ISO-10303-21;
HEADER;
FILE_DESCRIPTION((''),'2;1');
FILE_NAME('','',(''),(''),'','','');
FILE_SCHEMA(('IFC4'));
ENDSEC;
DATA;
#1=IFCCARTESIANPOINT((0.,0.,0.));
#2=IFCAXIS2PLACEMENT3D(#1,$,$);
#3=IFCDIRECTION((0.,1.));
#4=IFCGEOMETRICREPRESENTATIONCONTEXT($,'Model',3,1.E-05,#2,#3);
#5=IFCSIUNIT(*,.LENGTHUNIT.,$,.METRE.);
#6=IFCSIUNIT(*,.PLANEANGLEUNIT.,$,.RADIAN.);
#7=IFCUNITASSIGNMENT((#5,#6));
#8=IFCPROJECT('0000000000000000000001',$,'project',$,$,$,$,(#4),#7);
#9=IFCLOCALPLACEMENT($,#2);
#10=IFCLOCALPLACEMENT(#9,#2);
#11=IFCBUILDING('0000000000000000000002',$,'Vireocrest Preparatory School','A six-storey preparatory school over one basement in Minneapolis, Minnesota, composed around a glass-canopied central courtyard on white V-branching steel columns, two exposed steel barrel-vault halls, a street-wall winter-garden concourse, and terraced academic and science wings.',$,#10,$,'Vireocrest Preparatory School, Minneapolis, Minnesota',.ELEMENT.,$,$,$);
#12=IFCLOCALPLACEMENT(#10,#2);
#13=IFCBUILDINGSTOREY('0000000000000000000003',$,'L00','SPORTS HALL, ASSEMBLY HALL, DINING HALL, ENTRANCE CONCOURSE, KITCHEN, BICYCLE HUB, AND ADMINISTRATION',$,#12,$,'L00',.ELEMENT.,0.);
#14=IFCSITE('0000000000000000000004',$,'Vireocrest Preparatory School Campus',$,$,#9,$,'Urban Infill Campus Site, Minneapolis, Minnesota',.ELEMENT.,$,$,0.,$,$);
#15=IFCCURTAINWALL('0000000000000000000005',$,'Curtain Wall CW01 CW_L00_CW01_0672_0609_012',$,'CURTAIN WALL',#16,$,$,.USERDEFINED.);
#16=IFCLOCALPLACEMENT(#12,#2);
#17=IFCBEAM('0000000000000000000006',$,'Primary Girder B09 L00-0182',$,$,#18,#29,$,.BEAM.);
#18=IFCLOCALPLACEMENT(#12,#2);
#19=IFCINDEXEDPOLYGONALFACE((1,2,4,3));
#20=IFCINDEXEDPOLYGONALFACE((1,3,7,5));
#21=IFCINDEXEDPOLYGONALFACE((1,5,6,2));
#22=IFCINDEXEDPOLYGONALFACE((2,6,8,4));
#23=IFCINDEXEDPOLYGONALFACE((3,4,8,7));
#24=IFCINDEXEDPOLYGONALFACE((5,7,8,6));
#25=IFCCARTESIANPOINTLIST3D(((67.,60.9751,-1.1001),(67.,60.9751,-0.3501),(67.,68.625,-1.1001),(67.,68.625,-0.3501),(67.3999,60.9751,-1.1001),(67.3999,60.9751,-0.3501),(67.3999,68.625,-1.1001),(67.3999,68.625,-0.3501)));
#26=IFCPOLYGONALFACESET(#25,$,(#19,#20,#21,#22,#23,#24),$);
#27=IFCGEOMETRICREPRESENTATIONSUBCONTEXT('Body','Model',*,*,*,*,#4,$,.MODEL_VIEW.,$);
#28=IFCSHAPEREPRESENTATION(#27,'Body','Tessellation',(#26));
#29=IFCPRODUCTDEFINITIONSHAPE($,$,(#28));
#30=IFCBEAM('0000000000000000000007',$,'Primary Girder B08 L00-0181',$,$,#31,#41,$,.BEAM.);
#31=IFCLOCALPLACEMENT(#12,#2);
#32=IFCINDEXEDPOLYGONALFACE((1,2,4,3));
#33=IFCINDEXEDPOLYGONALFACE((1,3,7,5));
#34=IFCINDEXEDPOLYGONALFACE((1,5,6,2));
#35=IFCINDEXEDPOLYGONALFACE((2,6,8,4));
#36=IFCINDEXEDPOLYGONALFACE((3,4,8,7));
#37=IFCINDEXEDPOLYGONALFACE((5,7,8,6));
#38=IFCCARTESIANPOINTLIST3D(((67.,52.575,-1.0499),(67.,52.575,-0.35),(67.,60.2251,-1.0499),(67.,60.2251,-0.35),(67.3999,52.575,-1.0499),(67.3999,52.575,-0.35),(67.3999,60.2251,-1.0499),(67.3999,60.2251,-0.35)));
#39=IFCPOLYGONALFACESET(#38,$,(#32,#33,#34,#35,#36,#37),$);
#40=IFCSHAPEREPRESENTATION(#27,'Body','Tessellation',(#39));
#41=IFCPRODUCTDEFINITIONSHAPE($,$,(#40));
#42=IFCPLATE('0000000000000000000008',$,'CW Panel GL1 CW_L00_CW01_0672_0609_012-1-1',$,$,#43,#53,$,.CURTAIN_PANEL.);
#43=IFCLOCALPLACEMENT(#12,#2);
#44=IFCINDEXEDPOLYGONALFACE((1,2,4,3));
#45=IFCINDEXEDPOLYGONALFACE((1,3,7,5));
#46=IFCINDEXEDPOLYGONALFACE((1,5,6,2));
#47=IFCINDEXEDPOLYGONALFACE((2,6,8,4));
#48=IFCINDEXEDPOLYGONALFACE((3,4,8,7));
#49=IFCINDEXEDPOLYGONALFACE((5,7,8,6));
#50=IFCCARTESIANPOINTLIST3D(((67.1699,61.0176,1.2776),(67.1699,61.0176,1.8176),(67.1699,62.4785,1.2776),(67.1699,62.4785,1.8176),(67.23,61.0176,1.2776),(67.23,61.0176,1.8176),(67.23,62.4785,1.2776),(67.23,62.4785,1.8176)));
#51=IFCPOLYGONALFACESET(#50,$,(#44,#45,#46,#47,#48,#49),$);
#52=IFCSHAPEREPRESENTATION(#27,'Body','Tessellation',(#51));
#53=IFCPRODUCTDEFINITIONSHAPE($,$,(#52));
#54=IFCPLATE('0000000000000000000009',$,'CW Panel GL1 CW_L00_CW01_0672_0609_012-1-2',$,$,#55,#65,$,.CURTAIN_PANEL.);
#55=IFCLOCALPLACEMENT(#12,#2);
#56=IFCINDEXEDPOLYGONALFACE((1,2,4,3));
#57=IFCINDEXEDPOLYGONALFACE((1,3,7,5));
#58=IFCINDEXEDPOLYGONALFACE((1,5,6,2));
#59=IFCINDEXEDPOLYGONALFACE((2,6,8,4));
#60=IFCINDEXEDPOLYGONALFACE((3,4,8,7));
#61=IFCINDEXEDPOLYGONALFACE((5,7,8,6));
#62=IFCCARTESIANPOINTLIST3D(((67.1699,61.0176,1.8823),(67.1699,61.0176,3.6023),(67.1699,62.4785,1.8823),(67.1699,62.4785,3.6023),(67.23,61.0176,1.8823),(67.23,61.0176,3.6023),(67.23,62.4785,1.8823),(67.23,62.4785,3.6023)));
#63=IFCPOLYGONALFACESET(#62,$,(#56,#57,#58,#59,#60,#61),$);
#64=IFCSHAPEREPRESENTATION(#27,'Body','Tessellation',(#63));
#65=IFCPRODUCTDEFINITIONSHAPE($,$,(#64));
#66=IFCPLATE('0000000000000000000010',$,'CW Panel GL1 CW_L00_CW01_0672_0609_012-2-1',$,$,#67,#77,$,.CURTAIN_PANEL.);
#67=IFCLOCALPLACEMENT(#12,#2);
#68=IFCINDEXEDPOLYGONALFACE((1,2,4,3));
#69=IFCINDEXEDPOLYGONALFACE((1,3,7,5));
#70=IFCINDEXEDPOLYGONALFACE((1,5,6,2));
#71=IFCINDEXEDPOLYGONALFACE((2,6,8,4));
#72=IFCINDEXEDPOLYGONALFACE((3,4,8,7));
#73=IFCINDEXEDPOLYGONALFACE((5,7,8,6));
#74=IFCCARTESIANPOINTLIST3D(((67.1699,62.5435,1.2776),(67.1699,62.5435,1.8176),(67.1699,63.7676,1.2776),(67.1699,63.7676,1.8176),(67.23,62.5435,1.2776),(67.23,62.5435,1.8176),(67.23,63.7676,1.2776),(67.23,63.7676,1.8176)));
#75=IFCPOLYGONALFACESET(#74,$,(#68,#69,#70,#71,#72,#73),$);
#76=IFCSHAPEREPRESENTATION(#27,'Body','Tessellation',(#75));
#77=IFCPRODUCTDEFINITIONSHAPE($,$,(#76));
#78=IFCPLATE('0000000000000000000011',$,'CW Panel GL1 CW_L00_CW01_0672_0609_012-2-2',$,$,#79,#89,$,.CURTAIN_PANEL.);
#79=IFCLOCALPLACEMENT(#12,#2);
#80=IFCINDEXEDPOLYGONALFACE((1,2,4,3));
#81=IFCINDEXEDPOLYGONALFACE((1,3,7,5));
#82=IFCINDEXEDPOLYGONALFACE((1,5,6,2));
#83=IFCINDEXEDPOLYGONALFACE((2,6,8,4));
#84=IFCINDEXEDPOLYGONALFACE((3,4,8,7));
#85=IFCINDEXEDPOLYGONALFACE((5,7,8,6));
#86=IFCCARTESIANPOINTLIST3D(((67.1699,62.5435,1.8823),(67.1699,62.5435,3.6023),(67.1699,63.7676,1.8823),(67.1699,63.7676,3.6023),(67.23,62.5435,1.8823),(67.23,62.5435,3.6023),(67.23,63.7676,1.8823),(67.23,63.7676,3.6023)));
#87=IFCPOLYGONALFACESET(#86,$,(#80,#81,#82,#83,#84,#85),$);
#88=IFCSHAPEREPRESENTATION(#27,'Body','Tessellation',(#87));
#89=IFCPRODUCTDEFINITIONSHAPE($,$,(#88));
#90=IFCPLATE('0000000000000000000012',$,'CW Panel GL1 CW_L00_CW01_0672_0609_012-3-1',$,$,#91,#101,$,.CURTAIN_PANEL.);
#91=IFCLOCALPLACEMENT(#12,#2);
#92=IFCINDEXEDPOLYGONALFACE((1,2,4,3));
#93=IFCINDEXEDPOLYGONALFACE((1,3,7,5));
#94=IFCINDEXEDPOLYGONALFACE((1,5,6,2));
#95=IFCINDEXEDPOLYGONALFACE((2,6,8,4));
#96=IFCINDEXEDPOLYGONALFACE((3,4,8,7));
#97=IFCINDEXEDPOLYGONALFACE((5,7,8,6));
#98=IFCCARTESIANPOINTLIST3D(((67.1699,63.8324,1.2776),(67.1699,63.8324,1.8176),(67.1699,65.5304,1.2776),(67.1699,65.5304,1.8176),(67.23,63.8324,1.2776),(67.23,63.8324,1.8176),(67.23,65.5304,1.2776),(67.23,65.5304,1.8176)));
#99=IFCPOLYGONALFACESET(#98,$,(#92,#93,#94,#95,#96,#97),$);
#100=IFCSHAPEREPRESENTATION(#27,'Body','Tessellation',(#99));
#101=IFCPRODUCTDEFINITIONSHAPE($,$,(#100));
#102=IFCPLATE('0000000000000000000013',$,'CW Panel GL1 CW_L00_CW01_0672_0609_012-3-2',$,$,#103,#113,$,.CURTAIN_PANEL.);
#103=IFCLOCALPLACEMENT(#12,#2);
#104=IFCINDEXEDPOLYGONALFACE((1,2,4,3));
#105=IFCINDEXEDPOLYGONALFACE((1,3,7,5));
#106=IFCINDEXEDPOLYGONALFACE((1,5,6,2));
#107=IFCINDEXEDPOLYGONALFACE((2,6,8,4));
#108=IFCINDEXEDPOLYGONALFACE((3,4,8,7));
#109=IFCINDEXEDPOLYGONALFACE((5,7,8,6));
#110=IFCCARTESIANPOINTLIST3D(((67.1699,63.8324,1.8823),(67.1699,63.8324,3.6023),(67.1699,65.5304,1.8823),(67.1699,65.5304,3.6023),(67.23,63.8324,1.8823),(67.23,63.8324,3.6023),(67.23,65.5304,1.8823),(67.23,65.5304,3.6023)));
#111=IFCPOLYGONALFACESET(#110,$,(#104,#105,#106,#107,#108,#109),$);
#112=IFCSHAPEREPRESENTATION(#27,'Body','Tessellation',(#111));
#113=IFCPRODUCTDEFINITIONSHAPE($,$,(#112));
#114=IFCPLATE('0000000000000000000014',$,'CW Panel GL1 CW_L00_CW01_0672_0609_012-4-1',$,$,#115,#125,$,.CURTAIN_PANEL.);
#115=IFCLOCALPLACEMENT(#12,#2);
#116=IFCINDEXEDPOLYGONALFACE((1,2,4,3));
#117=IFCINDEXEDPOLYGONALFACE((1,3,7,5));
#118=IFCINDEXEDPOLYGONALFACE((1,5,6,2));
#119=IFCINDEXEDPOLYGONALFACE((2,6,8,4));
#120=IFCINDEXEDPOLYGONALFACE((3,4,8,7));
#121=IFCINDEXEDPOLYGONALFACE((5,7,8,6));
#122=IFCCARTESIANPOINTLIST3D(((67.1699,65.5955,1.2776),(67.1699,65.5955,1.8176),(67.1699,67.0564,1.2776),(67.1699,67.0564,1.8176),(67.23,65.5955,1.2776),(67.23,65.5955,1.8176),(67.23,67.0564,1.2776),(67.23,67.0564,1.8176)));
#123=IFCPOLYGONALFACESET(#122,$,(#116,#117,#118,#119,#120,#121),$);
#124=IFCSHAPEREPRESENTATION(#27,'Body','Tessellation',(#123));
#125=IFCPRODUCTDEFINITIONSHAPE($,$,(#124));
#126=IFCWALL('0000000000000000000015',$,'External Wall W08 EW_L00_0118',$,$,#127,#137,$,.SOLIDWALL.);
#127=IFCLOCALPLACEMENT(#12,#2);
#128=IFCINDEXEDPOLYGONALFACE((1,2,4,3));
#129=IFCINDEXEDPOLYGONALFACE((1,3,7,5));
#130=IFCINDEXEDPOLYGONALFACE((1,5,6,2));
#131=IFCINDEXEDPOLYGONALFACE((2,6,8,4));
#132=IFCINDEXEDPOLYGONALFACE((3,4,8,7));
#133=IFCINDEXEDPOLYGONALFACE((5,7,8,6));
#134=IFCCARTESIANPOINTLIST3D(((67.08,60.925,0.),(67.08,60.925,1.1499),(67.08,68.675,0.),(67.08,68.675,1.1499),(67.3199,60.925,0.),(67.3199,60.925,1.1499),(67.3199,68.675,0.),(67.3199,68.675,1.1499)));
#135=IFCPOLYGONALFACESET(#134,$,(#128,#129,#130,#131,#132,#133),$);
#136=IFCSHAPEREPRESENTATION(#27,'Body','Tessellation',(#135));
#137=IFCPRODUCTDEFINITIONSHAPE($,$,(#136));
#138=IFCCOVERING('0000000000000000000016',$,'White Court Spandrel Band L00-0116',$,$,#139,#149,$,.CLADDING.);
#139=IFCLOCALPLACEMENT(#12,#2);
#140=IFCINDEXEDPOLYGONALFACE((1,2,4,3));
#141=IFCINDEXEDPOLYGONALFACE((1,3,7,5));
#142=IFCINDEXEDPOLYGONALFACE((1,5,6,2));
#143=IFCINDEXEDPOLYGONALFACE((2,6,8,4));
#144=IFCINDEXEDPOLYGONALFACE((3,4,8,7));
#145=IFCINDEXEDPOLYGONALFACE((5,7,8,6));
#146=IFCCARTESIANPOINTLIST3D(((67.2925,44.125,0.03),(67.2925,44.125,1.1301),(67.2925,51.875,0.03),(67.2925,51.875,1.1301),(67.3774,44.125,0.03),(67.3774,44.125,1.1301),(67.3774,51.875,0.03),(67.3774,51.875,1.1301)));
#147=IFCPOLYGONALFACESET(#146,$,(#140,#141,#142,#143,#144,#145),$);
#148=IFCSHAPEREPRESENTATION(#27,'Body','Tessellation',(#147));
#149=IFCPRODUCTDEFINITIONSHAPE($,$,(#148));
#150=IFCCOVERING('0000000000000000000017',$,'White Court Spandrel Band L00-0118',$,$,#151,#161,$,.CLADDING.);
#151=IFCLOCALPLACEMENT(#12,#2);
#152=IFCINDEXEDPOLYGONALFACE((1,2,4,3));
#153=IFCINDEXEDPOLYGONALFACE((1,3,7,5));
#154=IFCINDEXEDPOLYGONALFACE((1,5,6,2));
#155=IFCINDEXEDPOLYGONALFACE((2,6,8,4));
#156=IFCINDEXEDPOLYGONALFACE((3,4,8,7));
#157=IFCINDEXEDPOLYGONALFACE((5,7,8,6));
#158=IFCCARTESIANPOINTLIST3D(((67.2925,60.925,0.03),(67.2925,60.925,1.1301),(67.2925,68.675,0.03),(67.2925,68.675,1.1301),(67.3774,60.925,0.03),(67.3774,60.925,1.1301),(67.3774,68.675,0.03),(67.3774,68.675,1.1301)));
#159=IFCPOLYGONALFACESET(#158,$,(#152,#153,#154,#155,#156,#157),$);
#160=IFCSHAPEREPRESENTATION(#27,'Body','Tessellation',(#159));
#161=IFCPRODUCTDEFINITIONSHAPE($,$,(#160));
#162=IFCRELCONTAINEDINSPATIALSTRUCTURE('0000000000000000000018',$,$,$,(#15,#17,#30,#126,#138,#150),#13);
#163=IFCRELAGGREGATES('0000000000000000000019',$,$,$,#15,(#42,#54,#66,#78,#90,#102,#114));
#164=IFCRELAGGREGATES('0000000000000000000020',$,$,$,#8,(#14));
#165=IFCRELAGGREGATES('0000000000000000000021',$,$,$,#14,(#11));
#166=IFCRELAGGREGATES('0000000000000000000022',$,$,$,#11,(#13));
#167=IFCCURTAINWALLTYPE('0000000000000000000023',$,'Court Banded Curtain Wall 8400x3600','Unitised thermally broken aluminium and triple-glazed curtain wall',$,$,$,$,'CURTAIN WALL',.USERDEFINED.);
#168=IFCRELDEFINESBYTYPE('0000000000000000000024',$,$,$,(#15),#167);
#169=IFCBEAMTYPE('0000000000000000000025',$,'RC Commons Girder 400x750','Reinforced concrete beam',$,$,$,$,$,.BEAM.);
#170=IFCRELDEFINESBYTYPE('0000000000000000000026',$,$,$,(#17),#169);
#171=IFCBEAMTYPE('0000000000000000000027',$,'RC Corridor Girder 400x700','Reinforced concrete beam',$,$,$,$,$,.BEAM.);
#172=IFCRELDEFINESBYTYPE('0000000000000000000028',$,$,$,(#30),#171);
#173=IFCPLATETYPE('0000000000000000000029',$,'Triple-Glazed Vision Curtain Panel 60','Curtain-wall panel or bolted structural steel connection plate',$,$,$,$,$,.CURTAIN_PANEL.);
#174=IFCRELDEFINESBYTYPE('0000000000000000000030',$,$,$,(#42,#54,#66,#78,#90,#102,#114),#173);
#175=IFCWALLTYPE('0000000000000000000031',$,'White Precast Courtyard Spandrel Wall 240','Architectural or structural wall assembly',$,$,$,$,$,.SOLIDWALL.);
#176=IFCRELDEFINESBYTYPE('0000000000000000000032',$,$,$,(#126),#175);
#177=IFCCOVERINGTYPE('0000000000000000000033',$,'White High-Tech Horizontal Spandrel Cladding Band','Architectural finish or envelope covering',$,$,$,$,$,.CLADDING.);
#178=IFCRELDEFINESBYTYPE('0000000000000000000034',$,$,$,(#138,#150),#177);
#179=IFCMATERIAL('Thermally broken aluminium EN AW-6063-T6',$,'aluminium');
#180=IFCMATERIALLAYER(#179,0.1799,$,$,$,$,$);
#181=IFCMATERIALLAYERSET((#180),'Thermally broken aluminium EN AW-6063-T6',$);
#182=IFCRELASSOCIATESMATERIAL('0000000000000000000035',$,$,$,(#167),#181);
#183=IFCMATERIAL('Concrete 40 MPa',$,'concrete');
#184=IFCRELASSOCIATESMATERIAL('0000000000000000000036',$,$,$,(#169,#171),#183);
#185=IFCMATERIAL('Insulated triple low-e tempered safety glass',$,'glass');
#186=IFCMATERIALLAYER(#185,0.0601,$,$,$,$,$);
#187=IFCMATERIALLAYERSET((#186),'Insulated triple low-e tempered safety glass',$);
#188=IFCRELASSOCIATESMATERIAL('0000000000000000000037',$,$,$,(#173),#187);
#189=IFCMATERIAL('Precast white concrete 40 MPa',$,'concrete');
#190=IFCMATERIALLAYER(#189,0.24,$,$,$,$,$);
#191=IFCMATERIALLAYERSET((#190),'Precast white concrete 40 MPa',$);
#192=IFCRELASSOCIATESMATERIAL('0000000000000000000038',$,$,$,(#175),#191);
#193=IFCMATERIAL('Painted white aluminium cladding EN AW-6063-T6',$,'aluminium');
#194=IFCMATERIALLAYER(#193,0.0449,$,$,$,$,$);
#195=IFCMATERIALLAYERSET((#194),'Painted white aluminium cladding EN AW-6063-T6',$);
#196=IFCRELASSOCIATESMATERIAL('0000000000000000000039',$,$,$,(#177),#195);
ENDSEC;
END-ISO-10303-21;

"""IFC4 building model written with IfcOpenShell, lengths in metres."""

from ifc_helpers import new_model, si_unit, direction, frame, frame_2d, origin, origin_2d, place, context, subcontext, project, spatial, rectangle, extrude, material, layer, layer_set, material_profile, profile_set, type_object, element, aggregate, save


model = new_model("IFC4")

# Units and contexts
model_context = context("Model", 3, precision=1e-05, world=origin(), true_north=direction((0.0, 1.0)))
body_context = subcontext(model_context, "Body", "Model", "MODEL_VIEW")
ifc_project = project(units=[si_unit("LENGTHUNIT", "METRE"), si_unit("PLANEANGLEUNIT", "RADIAN")], contexts=[model_context])

# Site, building, storey
site_placement = place(None, origin())
site = spatial("IfcSite", under=ifc_project, at=site_placement, Name="Vireocrest Preparatory School Campus", LongName="Urban Infill Campus Site, Minneapolis, Minnesota", CompositionType="ELEMENT", RefElevation=0.0)
building_placement = place(site_placement, origin())
building = spatial("IfcBuilding", under=site, at=building_placement, Name="Vireocrest Preparatory School", Description="A six-storey preparatory school over one basement in Minneapolis, Minnesota, composed around a glass-canopied central courtyard on white V-branching steel columns, two exposed steel barrel-vault halls, a street-wall winter-garden concourse, and terraced academic and science wings.", LongName="Vireocrest Preparatory School, Minneapolis, Minnesota", CompositionType="ELEMENT")
storey_placement = place(building_placement, origin())
storey = spatial("IfcBuildingStorey", under=building, at=storey_placement, Name="L00", Description="SPORTS HALL, ASSEMBLY HALL, DINING HALL, ENTRANCE CONCOURSE, KITCHEN, BICYCLE HUB, AND ADMINISTRATION", LongName="L00", CompositionType="ELEMENT", Elevation=0.0)

# Curtain wall
ifc_material_1 = material(Name="Thermally broken aluminium EN AW-6063-T6", Category="aluminium")
ifc_layer_1 = layer(ifc_material_1, 0.1799)
ifc_layer_set_1 = layer_set([ifc_layer_1], Name="Thermally broken aluminium EN AW-6063-T6")
curtain_wall_type = type_object("IfcCurtainWallType", Name="Court Banded Curtain Wall 8400x3600", Description="Unitised thermally broken aluminium and triple-glazed curtain wall", ElementType="CURTAIN WALL", PredefinedType="USERDEFINED", material=ifc_layer_set_1)
curtain_wall_placement = place(storey_placement, origin())
curtain_wall = element("IfcCurtainWall", 1, at=curtain_wall_placement, inside=storey, type_object=curtain_wall_type, Name="Curtain Wall CW01 CW_L00_CW01_0672_0609_012", ObjectType="CURTAIN WALL", PredefinedType="USERDEFINED")

# Beams
ifc_material_2 = material(Name="Concrete 40 MPa", Category="concrete")
ifc_material_profile_1 = material_profile(ifc_material_2, rectangle(XDim=0.3999, YDim=0.75, at=origin_2d()), Name="RC 400x750")
ifc_profile_set_1 = profile_set([ifc_material_profile_1], Name="Concrete 40 MPa")
beam_type_1 = type_object("IfcBeamType", Name="RC Commons Girder 400x750", Description="Reinforced concrete beam", PredefinedType="BEAM", material=ifc_profile_set_1)
beam_1_placement = place(storey_placement, frame((67.2, 60.9751, -0.7251), z_axis=(0.0, 1.0, 0.0), x_axis=(-1.0, 0.0, 0.0)))
element("IfcBeam", 2, at=beam_1_placement, inside=storey, type_object=beam_type_1, Name="Primary Girder B09 L00-0182", PredefinedType="BEAM", context=body_context, shape_type="SweptSolid", body=[
    extrude(rectangle(XDim=0.3999, YDim=0.75, at=origin_2d()), origin(), (0.0, 0.0, 1.0), 7.6499),
])
ifc_material_profile_2 = material_profile(ifc_material_2, rectangle(XDim=0.3999, YDim=0.7, at=origin_2d()), Name="RC 400x700")
ifc_profile_set_2 = profile_set([ifc_material_profile_2], Name="Concrete 40 MPa")
beam_type_2 = type_object("IfcBeamType", Name="RC Corridor Girder 400x700", Description="Reinforced concrete beam", PredefinedType="BEAM", material=ifc_profile_set_2)
beam_2_placement = place(storey_placement, frame((67.2, 52.575, -0.7), z_axis=(0.0, 1.0, 0.0), x_axis=(-1.0, 0.0, 0.0)))
element("IfcBeam", 3, at=beam_2_placement, inside=storey, type_object=beam_type_2, Name="Primary Girder B08 L00-0181", PredefinedType="BEAM", context=body_context, shape_type="SweptSolid", body=[
    extrude(rectangle(XDim=0.3999, YDim=0.7, at=origin_2d()), origin(), (0.0, 0.0, 1.0), 7.6501),
])

# Plates
ifc_material_3 = material(Name="Insulated triple low-e tempered safety glass", Category="glass")
ifc_layer_2 = layer(ifc_material_3, 0.0601)
ifc_layer_set_2 = layer_set([ifc_layer_2], Name="Insulated triple low-e tempered safety glass")
plate_type = type_object("IfcPlateType", Name="Triple-Glazed Vision Curtain Panel 60", Description="Curtain-wall panel or bolted structural steel connection plate", PredefinedType="CURTAIN_PANEL", material=ifc_layer_set_2)
plate_1_placement = place(storey_placement, frame((67.2, 61.748, 1.2776), z_axis=(0.0, 0.0, 1.0), x_axis=(0.0, 1.0, 0.0)))
plate_1 = element("IfcPlate", 4, at=plate_1_placement, type_object=plate_type, Name="CW Panel GL1 CW_L00_CW01_0672_0609_012-1-1", PredefinedType="CURTAIN_PANEL", context=body_context, shape_type="SweptSolid", body=[
    extrude(rectangle(XDim=1.4609, YDim=0.0601, at=origin_2d()), origin(), (0.0, 0.0, 1.0), 0.54),
])
plate_2_placement = place(storey_placement, frame((67.2, 61.748, 1.8823), z_axis=(0.0, 0.0, 1.0), x_axis=(0.0, 1.0, 0.0)))
plate_2 = element("IfcPlate", 5, at=plate_2_placement, type_object=plate_type, Name="CW Panel GL1 CW_L00_CW01_0672_0609_012-1-2", PredefinedType="CURTAIN_PANEL", context=body_context, shape_type="SweptSolid", body=[
    extrude(rectangle(XDim=1.4609, YDim=0.0601, at=origin_2d()), origin(), (0.0, 0.0, 1.0), 1.72),
])
plate_3_placement = place(storey_placement, frame((67.2, 63.1555, 1.2776), z_axis=(0.0, 0.0, 1.0), x_axis=(0.0, 1.0, 0.0)))
plate_3 = element("IfcPlate", 6, at=plate_3_placement, type_object=plate_type, Name="CW Panel GL1 CW_L00_CW01_0672_0609_012-2-1", PredefinedType="CURTAIN_PANEL", context=body_context, shape_type="SweptSolid", body=[
    extrude(rectangle(XDim=1.2241, YDim=0.0601, at=origin_2d()), origin(), (0.0, 0.0, 1.0), 0.54),
])
plate_4_placement = place(storey_placement, frame((67.2, 63.1555, 1.8823), z_axis=(0.0, 0.0, 1.0), x_axis=(0.0, 1.0, 0.0)))
plate_4 = element("IfcPlate", 7, at=plate_4_placement, type_object=plate_type, Name="CW Panel GL1 CW_L00_CW01_0672_0609_012-2-2", PredefinedType="CURTAIN_PANEL", context=body_context, shape_type="SweptSolid", body=[
    extrude(rectangle(XDim=1.2241, YDim=0.0601, at=origin_2d()), origin(), (0.0, 0.0, 1.0), 1.72),
])
plate_5_placement = place(storey_placement, frame((67.2, 64.6814, 1.2776), z_axis=(0.0, 0.0, 1.0), x_axis=(0.0, 1.0, 0.0)))
plate_5 = element("IfcPlate", 8, at=plate_5_placement, type_object=plate_type, Name="CW Panel GL1 CW_L00_CW01_0672_0609_012-3-1", PredefinedType="CURTAIN_PANEL", context=body_context, shape_type="SweptSolid", body=[
    extrude(rectangle(XDim=1.698, YDim=0.0601, at=origin_2d()), origin(), (0.0, 0.0, 1.0), 0.54),
])
plate_6_placement = place(storey_placement, frame((67.2, 64.6814, 1.8823), z_axis=(0.0, 0.0, 1.0), x_axis=(0.0, 1.0, 0.0)))
plate_6 = element("IfcPlate", 9, at=plate_6_placement, type_object=plate_type, Name="CW Panel GL1 CW_L00_CW01_0672_0609_012-3-2", PredefinedType="CURTAIN_PANEL", context=body_context, shape_type="SweptSolid", body=[
    extrude(rectangle(XDim=1.698, YDim=0.0601, at=origin_2d()), origin(), (0.0, 0.0, 1.0), 1.72),
])
plate_7_placement = place(storey_placement, frame((67.2, 66.3259, 1.2776), z_axis=(0.0, 0.0, 1.0), x_axis=(0.0, 1.0, 0.0)))
plate_7 = element("IfcPlate", 10, at=plate_7_placement, type_object=plate_type, Name="CW Panel GL1 CW_L00_CW01_0672_0609_012-4-1", PredefinedType="CURTAIN_PANEL", context=body_context, shape_type="SweptSolid", body=[
    extrude(rectangle(XDim=1.4609, YDim=0.0601, at=origin_2d()), origin(), (0.0, 0.0, 1.0), 0.54),
])
aggregate(curtain_wall, [plate_1, plate_2, plate_3, plate_4, plate_5, plate_6, plate_7])

# Wall
ifc_material_4 = material(Name="Precast white concrete 40 MPa", Category="concrete")
ifc_layer_3 = layer(ifc_material_4, 0.24)
ifc_layer_set_3 = layer_set([ifc_layer_3], Name="Precast white concrete 40 MPa")
wall_type = type_object("IfcWallType", Name="White Precast Courtyard Spandrel Wall 240", Description="Architectural or structural wall assembly", PredefinedType="SOLIDWALL", material=ifc_layer_set_3)
wall_placement = place(storey_placement, frame((67.2, 60.925, 0.0), z_axis=(0.0, 0.0, 1.0), x_axis=(0.0, 1.0, 0.0)))
element("IfcWall", 11, at=wall_placement, inside=storey, type_object=wall_type, Name="External Wall W08 EW_L00_0118", PredefinedType="SOLIDWALL", context=body_context, shape_type="SweptSolid", body=[
    extrude(rectangle(XDim=7.75, YDim=0.24, at=frame_2d((3.875, 0.0))), origin(), (0.0, 0.0, 1.0), 1.1499),
])

# Coverings
ifc_material_5 = material(Name="Painted white aluminium cladding EN AW-6063-T6", Category="aluminium")
ifc_layer_4 = layer(ifc_material_5, 0.0449)
ifc_layer_set_4 = layer_set([ifc_layer_4], Name="Painted white aluminium cladding EN AW-6063-T6")
covering_type = type_object("IfcCoveringType", Name="White High-Tech Horizontal Spandrel Cladding Band", Description="Architectural finish or envelope covering", PredefinedType="CLADDING", material=ifc_layer_set_4)
for number, where, z_axis, x_axis, name in (
    (12, (67.335, 48.0, 0.03), (0.0, 0.0, 1.0), (1.0, 0.0, 0.0), "White Court Spandrel Band L00-0116"),
    (13, (67.335, 64.8, 0.03), (0.0, 0.0, 1.0), (1.0, 0.0, 0.0), "White Court Spandrel Band L00-0118"),
):
    element("IfcCovering", number, at=place(storey_placement, frame(where, z_axis=z_axis, x_axis=x_axis)), inside=storey, type_object=covering_type, Name=name, PredefinedType="CLADDING", context=body_context, shape_type="SweptSolid", body=[
        extrude(rectangle(XDim=0.085, YDim=7.75, at=origin_2d()), origin(), (0.0, 0.0, 1.0), 1.1001),
    ])

save(model, "model.ifc")
